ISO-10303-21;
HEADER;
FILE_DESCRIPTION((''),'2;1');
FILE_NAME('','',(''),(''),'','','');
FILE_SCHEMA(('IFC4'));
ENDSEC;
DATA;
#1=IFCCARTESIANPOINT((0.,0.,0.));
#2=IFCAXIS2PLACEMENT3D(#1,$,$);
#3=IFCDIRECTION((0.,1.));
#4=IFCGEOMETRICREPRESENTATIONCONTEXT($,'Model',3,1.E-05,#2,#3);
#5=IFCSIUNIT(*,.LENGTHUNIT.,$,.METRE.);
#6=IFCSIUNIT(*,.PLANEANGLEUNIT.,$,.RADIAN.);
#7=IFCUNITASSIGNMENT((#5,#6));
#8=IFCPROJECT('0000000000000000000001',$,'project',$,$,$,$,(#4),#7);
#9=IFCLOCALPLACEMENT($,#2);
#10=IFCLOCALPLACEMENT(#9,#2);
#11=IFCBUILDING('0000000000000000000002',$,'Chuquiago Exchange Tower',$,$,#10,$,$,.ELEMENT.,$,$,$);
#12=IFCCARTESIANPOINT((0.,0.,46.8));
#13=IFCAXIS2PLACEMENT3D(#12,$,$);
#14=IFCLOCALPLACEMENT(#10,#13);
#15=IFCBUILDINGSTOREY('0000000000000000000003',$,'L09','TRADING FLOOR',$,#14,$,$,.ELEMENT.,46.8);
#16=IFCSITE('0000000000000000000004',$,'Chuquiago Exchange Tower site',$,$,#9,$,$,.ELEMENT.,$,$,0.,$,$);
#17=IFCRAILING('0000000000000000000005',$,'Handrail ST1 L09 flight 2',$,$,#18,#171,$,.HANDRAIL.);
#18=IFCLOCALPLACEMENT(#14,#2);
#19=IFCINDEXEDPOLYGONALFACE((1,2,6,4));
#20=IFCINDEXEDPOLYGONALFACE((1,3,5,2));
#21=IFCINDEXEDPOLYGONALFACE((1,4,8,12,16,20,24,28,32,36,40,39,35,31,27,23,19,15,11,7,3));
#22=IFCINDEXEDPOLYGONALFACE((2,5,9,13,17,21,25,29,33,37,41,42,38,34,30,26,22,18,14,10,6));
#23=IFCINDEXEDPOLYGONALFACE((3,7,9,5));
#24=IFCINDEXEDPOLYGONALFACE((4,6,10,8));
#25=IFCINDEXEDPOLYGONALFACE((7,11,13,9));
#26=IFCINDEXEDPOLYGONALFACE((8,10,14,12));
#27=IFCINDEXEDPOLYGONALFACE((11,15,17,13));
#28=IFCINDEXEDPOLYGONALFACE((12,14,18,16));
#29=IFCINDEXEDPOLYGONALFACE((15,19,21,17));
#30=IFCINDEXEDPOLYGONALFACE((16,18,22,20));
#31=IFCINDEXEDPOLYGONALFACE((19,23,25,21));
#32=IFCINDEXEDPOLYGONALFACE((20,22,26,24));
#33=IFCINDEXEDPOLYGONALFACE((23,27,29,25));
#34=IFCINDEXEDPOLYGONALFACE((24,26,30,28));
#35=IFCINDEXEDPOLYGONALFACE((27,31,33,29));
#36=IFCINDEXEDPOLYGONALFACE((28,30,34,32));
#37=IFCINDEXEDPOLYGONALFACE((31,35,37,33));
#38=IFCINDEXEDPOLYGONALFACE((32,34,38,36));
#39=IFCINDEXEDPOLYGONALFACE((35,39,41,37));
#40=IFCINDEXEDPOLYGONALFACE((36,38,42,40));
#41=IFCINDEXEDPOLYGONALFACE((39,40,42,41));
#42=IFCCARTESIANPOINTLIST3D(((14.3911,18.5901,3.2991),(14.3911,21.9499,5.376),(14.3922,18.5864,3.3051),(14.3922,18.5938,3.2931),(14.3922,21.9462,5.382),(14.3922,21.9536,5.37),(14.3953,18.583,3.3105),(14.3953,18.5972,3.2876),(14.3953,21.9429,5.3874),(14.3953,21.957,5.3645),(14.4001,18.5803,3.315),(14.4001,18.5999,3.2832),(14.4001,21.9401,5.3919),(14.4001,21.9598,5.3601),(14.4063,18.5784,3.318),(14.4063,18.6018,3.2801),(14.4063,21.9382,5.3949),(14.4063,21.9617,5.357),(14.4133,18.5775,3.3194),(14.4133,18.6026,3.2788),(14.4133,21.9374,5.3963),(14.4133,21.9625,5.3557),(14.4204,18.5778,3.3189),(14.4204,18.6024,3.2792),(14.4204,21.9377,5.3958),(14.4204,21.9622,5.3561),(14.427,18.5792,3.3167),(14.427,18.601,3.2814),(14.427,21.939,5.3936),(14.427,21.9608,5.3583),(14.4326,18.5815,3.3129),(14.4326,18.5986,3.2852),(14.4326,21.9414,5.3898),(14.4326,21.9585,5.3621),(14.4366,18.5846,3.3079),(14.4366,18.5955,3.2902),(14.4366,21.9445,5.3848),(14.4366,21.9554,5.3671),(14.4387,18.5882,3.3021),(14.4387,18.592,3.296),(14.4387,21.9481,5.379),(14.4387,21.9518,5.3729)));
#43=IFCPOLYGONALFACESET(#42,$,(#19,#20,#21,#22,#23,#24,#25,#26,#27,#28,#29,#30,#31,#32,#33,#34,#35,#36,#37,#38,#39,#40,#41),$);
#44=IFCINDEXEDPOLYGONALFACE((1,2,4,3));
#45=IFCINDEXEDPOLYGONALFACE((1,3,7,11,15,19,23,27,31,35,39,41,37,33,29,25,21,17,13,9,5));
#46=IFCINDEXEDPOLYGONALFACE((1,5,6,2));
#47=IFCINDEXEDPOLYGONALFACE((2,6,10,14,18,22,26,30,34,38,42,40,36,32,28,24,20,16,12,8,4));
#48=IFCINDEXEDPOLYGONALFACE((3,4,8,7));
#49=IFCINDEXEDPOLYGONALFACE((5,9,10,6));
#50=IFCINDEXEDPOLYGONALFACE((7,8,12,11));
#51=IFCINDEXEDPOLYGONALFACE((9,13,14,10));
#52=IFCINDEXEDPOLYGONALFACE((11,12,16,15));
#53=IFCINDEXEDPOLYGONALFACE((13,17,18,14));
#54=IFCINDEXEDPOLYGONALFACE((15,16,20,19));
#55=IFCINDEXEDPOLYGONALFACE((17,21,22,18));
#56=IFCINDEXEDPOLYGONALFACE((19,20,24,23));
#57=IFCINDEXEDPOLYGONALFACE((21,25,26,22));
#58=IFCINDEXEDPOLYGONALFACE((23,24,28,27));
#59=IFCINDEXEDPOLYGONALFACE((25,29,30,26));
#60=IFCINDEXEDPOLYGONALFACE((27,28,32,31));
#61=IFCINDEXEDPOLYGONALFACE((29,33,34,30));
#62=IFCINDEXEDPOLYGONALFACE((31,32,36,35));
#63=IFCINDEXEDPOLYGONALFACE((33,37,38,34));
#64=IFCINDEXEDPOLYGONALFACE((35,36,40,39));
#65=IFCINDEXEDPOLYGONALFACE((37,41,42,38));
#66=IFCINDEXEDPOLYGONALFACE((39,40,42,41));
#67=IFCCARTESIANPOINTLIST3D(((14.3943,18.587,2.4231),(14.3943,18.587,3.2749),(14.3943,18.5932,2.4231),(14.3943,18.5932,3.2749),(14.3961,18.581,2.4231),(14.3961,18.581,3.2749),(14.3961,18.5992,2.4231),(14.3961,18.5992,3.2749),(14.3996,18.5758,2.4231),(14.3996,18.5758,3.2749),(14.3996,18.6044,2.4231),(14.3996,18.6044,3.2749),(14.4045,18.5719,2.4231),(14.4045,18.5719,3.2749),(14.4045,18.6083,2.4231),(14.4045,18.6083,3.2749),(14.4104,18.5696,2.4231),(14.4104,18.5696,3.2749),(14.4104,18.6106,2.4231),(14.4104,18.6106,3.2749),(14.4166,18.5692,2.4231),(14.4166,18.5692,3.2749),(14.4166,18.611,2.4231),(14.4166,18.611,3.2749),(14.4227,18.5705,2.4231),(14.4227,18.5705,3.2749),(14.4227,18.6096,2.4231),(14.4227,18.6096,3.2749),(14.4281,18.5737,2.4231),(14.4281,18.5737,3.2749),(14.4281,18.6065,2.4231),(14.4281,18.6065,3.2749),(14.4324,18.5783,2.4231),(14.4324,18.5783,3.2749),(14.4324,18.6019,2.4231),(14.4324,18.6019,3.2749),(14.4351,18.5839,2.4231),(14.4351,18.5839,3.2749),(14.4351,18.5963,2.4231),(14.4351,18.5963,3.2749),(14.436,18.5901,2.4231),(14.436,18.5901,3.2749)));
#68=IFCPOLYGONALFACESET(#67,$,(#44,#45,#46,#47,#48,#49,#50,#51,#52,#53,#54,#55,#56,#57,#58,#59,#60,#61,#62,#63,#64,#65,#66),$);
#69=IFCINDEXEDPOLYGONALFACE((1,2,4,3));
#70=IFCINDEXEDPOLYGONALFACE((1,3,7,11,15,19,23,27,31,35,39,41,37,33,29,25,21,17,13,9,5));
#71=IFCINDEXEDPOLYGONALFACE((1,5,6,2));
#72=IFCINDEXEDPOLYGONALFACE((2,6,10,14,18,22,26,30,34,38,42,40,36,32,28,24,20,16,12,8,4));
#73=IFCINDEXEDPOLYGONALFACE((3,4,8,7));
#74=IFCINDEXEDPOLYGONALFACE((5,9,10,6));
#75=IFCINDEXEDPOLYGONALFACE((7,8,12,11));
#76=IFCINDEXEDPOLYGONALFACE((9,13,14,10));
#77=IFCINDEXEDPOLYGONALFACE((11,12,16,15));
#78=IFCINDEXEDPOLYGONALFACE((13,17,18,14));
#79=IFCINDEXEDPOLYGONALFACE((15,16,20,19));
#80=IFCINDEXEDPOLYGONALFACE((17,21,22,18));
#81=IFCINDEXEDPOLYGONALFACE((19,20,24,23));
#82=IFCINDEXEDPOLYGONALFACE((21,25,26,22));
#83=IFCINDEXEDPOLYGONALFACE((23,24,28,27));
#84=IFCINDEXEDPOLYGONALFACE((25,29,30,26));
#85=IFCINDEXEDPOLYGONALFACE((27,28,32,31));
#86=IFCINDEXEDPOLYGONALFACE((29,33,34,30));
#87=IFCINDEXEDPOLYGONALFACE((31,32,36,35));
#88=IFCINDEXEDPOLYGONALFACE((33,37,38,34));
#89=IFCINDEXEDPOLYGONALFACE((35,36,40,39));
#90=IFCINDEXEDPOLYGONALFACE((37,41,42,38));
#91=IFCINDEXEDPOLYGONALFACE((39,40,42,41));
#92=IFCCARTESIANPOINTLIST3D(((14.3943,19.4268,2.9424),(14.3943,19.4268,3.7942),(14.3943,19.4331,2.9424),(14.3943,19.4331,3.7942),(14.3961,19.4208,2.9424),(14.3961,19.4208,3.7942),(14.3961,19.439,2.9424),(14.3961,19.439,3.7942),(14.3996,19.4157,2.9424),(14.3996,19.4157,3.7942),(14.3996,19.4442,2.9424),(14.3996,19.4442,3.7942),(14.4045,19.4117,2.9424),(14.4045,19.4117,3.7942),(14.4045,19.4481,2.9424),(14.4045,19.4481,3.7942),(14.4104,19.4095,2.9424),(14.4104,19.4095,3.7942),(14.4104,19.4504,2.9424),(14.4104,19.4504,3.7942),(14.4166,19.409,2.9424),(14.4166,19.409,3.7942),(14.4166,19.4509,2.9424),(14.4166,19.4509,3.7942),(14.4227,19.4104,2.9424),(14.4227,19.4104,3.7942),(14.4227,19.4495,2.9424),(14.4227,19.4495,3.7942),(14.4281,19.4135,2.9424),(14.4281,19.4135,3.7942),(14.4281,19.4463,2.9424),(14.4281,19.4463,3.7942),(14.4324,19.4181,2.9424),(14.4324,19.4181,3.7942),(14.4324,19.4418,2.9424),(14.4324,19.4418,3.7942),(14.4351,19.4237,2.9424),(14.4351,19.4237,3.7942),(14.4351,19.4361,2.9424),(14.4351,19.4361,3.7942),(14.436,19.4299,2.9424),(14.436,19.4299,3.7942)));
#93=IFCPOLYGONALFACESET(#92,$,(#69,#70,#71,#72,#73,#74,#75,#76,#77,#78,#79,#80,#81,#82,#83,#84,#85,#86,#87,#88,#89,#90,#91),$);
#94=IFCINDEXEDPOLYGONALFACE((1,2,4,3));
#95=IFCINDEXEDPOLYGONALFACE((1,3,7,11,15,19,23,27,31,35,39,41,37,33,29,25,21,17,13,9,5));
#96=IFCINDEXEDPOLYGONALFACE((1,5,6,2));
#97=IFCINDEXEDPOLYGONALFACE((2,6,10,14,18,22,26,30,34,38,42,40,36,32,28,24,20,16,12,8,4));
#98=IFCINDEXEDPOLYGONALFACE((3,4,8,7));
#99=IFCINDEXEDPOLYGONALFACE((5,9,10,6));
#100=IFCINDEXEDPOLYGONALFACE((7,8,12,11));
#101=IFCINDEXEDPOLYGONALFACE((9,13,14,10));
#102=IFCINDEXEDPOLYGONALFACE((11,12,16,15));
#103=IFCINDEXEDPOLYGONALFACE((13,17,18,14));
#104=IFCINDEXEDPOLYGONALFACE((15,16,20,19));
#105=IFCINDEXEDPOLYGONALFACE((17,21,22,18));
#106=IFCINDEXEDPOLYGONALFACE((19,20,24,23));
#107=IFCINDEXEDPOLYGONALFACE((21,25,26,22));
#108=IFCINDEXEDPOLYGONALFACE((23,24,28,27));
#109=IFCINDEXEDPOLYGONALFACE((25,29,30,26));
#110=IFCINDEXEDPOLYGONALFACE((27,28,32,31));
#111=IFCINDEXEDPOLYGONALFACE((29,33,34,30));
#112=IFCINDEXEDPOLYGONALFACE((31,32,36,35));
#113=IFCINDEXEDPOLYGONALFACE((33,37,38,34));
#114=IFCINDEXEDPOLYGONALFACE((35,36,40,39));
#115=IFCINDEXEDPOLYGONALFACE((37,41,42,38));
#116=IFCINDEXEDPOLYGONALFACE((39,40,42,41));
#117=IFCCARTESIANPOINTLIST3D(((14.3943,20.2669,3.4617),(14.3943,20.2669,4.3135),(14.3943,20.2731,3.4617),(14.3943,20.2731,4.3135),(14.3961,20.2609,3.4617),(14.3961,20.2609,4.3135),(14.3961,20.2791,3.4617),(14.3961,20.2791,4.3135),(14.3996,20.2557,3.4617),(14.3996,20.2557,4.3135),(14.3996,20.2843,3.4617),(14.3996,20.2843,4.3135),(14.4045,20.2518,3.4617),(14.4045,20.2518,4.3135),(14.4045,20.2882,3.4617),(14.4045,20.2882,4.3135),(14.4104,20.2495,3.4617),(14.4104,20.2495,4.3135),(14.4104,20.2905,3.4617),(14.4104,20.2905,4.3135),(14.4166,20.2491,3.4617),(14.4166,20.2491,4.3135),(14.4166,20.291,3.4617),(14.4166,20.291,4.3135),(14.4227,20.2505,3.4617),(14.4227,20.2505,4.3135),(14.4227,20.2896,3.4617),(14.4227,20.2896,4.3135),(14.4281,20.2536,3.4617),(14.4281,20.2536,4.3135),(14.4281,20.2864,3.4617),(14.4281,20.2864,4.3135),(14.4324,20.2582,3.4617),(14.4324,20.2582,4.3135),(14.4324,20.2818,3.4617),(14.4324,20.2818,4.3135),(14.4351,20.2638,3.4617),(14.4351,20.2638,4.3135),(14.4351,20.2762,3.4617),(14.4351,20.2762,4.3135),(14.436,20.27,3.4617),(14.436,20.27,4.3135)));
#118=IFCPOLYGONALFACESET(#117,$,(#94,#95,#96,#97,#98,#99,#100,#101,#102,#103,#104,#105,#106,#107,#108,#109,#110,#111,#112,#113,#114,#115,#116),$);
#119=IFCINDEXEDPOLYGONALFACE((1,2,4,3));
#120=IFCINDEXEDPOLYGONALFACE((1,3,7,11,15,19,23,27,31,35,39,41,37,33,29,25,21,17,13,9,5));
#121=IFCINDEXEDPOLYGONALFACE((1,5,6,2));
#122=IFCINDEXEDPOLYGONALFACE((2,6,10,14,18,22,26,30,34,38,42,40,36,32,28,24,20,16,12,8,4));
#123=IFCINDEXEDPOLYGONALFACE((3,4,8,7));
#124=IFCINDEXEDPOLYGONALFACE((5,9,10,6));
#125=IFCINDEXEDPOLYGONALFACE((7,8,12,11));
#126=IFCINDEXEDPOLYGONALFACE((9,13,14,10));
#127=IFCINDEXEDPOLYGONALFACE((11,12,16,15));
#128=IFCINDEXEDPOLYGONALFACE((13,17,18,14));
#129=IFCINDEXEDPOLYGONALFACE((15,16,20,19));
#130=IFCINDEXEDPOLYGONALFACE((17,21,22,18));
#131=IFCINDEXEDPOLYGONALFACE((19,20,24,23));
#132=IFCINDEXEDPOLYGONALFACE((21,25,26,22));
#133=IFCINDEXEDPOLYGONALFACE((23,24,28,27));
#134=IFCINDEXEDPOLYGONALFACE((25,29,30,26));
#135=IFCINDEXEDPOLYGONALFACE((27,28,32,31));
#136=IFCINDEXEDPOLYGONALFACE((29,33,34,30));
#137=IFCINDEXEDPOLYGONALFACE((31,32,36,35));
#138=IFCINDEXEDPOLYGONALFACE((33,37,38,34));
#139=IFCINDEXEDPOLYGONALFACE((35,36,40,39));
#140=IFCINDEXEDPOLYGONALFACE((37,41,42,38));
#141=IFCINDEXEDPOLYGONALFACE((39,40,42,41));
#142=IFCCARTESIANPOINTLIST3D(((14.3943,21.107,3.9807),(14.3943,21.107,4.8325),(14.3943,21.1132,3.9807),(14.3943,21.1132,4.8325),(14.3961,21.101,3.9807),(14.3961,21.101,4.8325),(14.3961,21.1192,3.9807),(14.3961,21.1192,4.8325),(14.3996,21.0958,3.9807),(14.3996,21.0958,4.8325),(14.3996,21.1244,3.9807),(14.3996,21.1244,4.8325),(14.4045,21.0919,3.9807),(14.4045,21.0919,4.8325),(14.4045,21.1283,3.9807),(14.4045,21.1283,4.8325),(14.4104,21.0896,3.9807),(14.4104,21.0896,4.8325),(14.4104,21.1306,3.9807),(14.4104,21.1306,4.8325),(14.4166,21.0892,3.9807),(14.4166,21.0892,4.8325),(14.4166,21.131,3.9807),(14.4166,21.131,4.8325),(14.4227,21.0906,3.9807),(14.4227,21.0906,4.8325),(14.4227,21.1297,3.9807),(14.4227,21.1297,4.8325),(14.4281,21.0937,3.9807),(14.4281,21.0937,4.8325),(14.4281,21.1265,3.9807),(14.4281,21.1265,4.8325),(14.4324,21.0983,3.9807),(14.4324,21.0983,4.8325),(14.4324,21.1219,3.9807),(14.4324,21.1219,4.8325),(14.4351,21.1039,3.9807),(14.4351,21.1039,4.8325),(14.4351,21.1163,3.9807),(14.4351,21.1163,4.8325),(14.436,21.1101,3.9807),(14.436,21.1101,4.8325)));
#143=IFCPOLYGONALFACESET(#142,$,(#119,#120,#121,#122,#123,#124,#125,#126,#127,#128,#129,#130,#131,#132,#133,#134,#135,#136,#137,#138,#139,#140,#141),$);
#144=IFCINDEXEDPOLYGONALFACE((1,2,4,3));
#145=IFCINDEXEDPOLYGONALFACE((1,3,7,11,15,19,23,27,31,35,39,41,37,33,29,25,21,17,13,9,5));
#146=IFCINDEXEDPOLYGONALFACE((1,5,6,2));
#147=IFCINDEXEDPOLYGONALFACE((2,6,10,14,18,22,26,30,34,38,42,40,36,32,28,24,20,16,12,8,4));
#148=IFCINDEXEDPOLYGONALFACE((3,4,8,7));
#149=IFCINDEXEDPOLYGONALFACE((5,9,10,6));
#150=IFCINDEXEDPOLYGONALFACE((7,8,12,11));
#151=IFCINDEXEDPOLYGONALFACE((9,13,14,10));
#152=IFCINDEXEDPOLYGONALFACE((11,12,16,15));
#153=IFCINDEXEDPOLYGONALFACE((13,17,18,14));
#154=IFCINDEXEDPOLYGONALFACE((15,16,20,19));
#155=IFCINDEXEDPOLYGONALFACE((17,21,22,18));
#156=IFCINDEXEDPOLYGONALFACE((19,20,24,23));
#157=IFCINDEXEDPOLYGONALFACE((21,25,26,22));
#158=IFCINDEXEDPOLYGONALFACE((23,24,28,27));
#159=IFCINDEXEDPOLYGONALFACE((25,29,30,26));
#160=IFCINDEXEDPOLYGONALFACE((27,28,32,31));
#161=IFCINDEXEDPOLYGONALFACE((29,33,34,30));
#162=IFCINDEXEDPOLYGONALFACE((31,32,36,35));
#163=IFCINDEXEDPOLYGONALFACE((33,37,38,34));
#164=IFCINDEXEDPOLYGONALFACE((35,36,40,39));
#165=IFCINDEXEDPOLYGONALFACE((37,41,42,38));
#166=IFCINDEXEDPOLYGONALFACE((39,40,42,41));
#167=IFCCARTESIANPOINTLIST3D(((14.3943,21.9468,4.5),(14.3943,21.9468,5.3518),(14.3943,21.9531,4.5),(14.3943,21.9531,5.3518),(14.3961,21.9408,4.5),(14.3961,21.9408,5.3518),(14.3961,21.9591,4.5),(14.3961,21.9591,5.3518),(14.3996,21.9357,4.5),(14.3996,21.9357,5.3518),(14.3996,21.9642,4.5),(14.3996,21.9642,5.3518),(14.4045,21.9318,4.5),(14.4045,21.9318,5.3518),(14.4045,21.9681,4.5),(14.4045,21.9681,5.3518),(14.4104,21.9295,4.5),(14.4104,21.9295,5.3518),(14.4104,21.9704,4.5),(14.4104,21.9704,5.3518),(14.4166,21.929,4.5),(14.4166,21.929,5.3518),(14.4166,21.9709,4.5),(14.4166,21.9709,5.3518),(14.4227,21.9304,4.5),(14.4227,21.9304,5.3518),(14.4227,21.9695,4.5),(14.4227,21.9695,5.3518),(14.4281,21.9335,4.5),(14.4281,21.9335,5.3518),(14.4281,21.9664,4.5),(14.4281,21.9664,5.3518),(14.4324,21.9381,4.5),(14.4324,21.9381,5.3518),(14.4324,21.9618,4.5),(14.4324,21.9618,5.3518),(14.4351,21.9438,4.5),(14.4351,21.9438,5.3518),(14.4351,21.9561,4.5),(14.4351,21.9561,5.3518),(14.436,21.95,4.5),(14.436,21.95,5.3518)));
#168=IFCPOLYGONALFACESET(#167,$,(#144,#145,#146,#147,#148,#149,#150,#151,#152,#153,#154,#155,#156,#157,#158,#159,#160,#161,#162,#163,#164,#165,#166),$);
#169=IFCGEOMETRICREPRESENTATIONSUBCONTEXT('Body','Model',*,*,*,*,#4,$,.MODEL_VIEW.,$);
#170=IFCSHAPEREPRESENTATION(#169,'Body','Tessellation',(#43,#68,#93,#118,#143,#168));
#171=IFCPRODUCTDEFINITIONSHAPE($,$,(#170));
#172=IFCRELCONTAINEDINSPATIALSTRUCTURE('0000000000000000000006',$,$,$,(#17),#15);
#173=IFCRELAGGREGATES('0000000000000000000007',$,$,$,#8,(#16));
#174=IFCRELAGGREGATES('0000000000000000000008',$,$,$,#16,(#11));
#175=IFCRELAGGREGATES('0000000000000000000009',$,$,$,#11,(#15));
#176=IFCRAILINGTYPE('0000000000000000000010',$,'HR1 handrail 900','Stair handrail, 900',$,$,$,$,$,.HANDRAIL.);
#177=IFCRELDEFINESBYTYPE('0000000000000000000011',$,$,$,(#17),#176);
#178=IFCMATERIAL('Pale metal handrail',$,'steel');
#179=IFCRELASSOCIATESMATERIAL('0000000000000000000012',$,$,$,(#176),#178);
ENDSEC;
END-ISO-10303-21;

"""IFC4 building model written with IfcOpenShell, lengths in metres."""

from ifc_helpers import new_model, si_unit, direction, frame, origin, origin_2d, place, context, subcontext, project, spatial, circle, extrude, material, type_object, element, save


model = new_model("IFC4")

# Units and contexts
model_context = context("Model", 3, precision=1e-05, world=origin(), true_north=direction((0.0, 1.0)))
body_context = subcontext(model_context, "Body", "Model", "MODEL_VIEW")
ifc_project = project(units=[si_unit("LENGTHUNIT", "METRE"), si_unit("PLANEANGLEUNIT", "RADIAN")], contexts=[model_context])

# Site, building, storey
site_placement = place(None, origin())
site = spatial("IfcSite", under=ifc_project, at=site_placement, Name="Chuquiago Exchange Tower site", CompositionType="ELEMENT", RefElevation=0.0)
building_placement = place(site_placement, origin())
building = spatial("IfcBuilding", under=site, at=building_placement, Name="Chuquiago Exchange Tower", CompositionType="ELEMENT")
storey_placement = place(building_placement, frame((0.0, 0.0, 46.8)))
storey = spatial("IfcBuildingStorey", under=building, at=storey_placement, Name="L09", Description="TRADING FLOOR", CompositionType="ELEMENT", Elevation=46.8)

# Railing
ifc_material_1 = material(Name="Pale metal handrail", Category="steel")
railing_type_1 = type_object("IfcRailingType", Name="HR1 handrail 900", Description="Stair handrail, 900", PredefinedType="HANDRAIL", material=ifc_material_1)
for number, where, name in (
    (1, (14.415, 18.5901, 2.4231), "Handrail ST1 L09 flight 2"),
):
    element("IfcRailing", number, at=place(storey_placement, frame(where)), inside=storey, type_object=railing_type_1, Name=name, PredefinedType="HANDRAIL", context=body_context, shape_type="SweptSolid", body=[
        extrude(circle(Radius=0.0239, at=origin_2d()), frame((0.0, 0.0, 0.876), z_axis=(0.0, 0.850606, 0.525803), x_axis=(-1.0, 0.0, 0.0)), (0.0, 0.0, 1.0), 3.95),
        extrude(circle(Radius=0.021, at=origin_2d()), origin(), (0.0, 0.0, 1.0), 0.8518),
        extrude(circle(Radius=0.021, at=origin_2d()), frame((0.0, 0.8398, 0.5193)), (0.0, 0.0, 1.0), 0.8518),
        extrude(circle(Radius=0.021, at=origin_2d()), frame((0.0, 1.6799, 1.0386)), (0.0, 0.0, 1.0), 0.8518),
        extrude(circle(Radius=0.021, at=origin_2d()), frame((0.0, 2.52, 1.5576)), (0.0, 0.0, 1.0), 0.8518),
        extrude(circle(Radius=0.021, at=origin_2d()), frame((0.0, 3.3599, 2.0769)), (0.0, 0.0, 1.0), 0.8518),
    ])

save(model, "model.ifc")
